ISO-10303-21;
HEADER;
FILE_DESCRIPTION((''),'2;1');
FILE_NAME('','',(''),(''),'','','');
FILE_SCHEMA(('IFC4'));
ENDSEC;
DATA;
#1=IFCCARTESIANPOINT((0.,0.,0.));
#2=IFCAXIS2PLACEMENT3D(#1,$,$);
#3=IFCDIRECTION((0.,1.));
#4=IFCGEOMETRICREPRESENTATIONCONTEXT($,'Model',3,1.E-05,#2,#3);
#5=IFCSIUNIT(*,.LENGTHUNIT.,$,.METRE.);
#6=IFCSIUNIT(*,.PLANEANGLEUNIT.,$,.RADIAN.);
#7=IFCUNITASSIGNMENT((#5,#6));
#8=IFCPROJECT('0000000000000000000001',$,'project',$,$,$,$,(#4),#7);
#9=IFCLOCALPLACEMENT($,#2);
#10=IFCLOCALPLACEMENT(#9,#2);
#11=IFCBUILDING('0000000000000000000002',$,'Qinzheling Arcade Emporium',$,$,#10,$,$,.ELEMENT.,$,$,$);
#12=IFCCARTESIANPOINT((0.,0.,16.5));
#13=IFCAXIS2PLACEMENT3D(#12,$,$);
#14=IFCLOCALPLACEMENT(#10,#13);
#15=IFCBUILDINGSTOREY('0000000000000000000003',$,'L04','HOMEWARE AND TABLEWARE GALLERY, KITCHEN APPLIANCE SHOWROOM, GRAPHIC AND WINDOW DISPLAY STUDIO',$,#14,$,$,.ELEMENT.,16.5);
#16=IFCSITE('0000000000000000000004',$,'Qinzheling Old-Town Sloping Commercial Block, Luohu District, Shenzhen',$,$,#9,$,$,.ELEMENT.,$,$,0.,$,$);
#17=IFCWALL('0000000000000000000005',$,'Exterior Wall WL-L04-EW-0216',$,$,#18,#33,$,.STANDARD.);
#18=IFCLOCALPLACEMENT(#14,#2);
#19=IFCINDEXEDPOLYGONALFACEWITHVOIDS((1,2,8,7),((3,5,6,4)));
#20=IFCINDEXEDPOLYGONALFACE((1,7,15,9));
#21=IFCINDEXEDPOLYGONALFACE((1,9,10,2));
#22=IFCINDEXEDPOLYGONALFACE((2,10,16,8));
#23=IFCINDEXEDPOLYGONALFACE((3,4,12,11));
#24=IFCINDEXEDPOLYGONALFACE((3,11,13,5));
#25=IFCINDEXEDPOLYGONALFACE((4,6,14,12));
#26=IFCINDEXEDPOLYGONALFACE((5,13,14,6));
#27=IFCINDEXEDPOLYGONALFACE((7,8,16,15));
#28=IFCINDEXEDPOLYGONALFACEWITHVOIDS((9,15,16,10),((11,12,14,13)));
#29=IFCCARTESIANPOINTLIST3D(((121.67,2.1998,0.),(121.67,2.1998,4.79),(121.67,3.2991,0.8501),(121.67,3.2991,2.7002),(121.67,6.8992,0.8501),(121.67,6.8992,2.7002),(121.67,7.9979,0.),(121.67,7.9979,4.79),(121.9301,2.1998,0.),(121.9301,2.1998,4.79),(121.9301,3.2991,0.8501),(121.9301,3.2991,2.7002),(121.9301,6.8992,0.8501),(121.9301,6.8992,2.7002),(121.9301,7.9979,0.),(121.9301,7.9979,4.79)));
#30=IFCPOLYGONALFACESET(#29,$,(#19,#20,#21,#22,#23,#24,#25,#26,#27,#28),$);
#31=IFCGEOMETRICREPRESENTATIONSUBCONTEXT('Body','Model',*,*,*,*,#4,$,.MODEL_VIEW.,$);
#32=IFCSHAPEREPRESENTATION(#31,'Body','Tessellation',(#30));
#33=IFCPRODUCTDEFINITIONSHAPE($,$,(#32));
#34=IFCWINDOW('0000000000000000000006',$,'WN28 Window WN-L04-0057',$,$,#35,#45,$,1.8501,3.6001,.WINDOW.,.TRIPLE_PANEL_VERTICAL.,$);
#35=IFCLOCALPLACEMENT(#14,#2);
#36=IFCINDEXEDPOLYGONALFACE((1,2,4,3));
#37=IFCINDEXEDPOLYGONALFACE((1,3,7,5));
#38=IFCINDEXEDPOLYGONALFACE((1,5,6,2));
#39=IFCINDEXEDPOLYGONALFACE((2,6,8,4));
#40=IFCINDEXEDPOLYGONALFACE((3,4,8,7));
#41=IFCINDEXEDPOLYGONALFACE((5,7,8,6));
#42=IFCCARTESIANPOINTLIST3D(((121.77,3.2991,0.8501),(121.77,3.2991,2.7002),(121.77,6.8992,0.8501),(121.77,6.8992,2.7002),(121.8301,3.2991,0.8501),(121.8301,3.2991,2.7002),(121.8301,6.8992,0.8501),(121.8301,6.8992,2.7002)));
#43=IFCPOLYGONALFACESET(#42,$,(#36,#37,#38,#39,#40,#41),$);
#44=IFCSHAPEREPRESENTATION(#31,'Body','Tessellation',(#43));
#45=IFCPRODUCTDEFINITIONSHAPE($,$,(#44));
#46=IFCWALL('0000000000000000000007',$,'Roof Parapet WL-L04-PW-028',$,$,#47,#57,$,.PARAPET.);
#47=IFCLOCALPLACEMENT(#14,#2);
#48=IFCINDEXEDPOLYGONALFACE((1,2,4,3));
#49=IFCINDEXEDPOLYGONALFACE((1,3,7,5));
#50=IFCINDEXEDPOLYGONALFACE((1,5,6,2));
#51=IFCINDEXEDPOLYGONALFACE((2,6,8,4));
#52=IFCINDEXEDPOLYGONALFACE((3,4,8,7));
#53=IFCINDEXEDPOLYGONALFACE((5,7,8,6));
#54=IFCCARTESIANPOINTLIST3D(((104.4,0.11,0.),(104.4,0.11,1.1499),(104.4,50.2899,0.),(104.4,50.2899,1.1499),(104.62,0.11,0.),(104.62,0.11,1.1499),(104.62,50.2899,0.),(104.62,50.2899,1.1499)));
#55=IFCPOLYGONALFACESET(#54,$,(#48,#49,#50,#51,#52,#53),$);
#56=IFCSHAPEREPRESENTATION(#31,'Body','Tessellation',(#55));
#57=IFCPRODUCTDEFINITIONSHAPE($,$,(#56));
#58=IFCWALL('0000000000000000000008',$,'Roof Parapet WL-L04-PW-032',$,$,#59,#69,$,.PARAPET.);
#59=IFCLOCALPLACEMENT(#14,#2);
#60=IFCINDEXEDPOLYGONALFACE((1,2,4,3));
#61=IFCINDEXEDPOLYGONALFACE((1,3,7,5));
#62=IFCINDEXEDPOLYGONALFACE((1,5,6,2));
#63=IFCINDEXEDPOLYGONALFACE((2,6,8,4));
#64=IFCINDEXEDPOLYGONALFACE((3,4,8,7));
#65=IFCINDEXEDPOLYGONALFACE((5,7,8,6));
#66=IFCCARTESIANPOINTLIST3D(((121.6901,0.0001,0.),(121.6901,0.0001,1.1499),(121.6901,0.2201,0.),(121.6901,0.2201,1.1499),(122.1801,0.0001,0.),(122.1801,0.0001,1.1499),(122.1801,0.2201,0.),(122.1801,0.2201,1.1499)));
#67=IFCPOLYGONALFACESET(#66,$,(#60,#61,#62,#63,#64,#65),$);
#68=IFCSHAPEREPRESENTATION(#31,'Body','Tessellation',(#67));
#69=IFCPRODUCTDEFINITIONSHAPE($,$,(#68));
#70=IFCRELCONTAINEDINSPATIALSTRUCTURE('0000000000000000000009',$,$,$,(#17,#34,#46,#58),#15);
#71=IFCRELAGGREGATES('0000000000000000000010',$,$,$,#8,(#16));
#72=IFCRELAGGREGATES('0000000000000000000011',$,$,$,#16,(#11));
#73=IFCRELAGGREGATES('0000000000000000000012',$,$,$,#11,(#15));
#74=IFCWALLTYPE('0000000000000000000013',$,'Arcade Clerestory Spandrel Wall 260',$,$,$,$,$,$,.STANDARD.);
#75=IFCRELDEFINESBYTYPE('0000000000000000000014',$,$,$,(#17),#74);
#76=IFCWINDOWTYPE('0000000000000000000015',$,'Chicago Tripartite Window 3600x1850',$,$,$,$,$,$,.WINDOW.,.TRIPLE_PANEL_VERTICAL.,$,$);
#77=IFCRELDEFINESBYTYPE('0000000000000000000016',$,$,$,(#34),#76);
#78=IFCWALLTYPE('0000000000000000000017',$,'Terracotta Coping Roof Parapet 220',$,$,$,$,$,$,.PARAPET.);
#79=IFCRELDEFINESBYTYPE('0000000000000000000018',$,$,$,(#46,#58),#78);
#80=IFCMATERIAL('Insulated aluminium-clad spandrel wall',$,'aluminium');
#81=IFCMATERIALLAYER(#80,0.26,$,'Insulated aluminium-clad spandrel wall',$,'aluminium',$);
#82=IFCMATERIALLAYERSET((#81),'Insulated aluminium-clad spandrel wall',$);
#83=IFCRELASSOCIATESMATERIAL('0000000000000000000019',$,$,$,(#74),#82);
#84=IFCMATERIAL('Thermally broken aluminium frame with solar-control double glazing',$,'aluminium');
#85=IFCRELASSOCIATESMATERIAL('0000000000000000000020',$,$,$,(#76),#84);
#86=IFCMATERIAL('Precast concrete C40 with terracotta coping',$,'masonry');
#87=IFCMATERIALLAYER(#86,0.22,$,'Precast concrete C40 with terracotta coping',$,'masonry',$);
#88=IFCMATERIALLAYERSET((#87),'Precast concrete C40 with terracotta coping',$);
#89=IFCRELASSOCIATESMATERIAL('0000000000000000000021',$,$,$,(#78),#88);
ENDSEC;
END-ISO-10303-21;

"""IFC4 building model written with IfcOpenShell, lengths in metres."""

from ifc_helpers import new_model, si_unit, direction, frame, frame_2d, origin, place, context, subcontext, project, spatial, rectangle, extrude, material, layer, layer_set, type_object, element, fill, save


model = new_model("IFC4")

# Units and contexts
model_context = context("Model", 3, precision=1e-05, world=origin(), true_north=direction((0.0, 1.0)))
body_context = subcontext(model_context, "Body", "Model", "MODEL_VIEW")
ifc_project = project(units=[si_unit("LENGTHUNIT", "METRE"), si_unit("PLANEANGLEUNIT", "RADIAN")], contexts=[model_context])

# Site, building, storey
site_placement = place(None, origin())
site = spatial("IfcSite", under=ifc_project, at=site_placement, Name="Qinzheling Old-Town Sloping Commercial Block, Luohu District, Shenzhen", CompositionType="ELEMENT", RefElevation=0.0)
building_placement = place(site_placement, origin())
building = spatial("IfcBuilding", under=site, at=building_placement, Name="Qinzheling Arcade Emporium", CompositionType="ELEMENT")
storey_placement = place(building_placement, frame((0.0, 0.0, 16.5)))
storey = spatial("IfcBuildingStorey", under=building, at=storey_placement, Name="L04", Description="HOMEWARE AND TABLEWARE GALLERY, KITCHEN APPLIANCE SHOWROOM, GRAPHIC AND WINDOW DISPLAY STUDIO", CompositionType="ELEMENT", Elevation=16.5)

# Wall, opening, window
ifc_material_1 = material(Name="Insulated aluminium-clad spandrel wall", Category="aluminium")
ifc_layer_1 = layer(ifc_material_1, 0.26, Name="Insulated aluminium-clad spandrel wall", Category="aluminium")
ifc_layer_set_1 = layer_set([ifc_layer_1], Name="Insulated aluminium-clad spandrel wall")
wall_type_1 = type_object("IfcWallType", Name="Arcade Clerestory Spandrel Wall 260", PredefinedType="STANDARD", material=ifc_layer_set_1)
wall_1_placement = place(storey_placement, frame((121.8, 2.2, 0.0), z_axis=(0.0, 0.0, 1.0), x_axis=(0.0, 1.0, 0.0)))
wall_1 = element("IfcWall", 1, at=wall_1_placement, inside=storey, type_object=wall_type_1, Name="Exterior Wall WL-L04-EW-0216", PredefinedType="STANDARD", context=body_context, shape_type="SweptSolid", body=[
    extrude(rectangle(XDim=5.7981, YDim=0.26, at=frame_2d((2.8989, 0.0))), origin(), (0.0, 0.0, 1.0), 4.79),
])
opening_placement = place(wall_1_placement, frame((1.0991, 0.0, 0.8501)))
opening = element("IfcOpeningElement", 2, at=opening_placement, cuts=wall_1, PredefinedType="OPENING", context=body_context, shape_type="SweptSolid", body=[
    extrude(rectangle(XDim=3.6001, YDim=1.8501, at=frame_2d((1.8, 0.925))), frame((0.0, 0.1401, 0.0), z_axis=(0.0, -1.0, 0.0), x_axis=(1.0, 0.0, 0.0)), (0.0, 0.0, 1.0), 0.28),
])
ifc_material_2 = material(Name="Thermally broken aluminium frame with solar-control double glazing", Category="aluminium")
window_type = type_object("IfcWindowType", Name="Chicago Tripartite Window 3600x1850", PartitioningType="TRIPLE_PANEL_VERTICAL", PredefinedType="WINDOW", material=ifc_material_2)
window_placement = place(opening_placement, origin())
window = element("IfcWindow", 3, at=window_placement, inside=storey, type_object=window_type, Name="WN28 Window WN-L04-0057", OverallHeight=1.8501, OverallWidth=3.6001, PartitioningType="TRIPLE_PANEL_VERTICAL", PredefinedType="WINDOW", context=body_context, shape_type="SweptSolid", body=[
    extrude(rectangle(XDim=3.6001, YDim=1.8501, at=frame_2d((1.8, 0.925))), frame((0.0, 0.03, 0.0), z_axis=(0.0, -1.0, 0.0), x_axis=(1.0, 0.0, 0.0)), (0.0, 0.0, 1.0), 0.0601),
])
fill(opening, window)

# Walls
ifc_material_3 = material(Name="Precast concrete C40 with terracotta coping", Category="masonry")
ifc_layer_2 = layer(ifc_material_3, 0.22, Name="Precast concrete C40 with terracotta coping", Category="masonry")
ifc_layer_set_2 = layer_set([ifc_layer_2], Name="Precast concrete C40 with terracotta coping")
wall_type_2 = type_object("IfcWallType", Name="Terracotta Coping Roof Parapet 220", PredefinedType="PARAPET", material=ifc_layer_set_2)
wall_2_placement = place(storey_placement, frame((104.51, 0.1101, 0.0), z_axis=(0.0, 0.0, 1.0), x_axis=(0.0, 1.0, 0.0)))
element("IfcWall", 4, at=wall_2_placement, inside=storey, type_object=wall_type_2, Name="Roof Parapet WL-L04-PW-028", PredefinedType="PARAPET", context=body_context, shape_type="SweptSolid", body=[
    extrude(rectangle(XDim=50.1799, YDim=0.22, at=frame_2d((25.0898, 0.0))), origin(), (0.0, 0.0, 1.0), 1.1499),
])
wall_3_placement = place(storey_placement, frame((121.6899, 0.1101, 0.0), z_axis=(0.0, 0.0, 1.0), x_axis=(1.0, 0.0, 0.0)))
element("IfcWall", 5, at=wall_3_placement, inside=storey, type_object=wall_type_2, Name="Roof Parapet WL-L04-PW-032", PredefinedType="PARAPET", context=body_context, shape_type="SweptSolid", body=[
    extrude(rectangle(XDim=0.49, YDim=0.22, at=frame_2d((0.2451, 0.0))), origin(), (0.0, 0.0, 1.0), 1.1499),
])

save(model, "model.ifc")
